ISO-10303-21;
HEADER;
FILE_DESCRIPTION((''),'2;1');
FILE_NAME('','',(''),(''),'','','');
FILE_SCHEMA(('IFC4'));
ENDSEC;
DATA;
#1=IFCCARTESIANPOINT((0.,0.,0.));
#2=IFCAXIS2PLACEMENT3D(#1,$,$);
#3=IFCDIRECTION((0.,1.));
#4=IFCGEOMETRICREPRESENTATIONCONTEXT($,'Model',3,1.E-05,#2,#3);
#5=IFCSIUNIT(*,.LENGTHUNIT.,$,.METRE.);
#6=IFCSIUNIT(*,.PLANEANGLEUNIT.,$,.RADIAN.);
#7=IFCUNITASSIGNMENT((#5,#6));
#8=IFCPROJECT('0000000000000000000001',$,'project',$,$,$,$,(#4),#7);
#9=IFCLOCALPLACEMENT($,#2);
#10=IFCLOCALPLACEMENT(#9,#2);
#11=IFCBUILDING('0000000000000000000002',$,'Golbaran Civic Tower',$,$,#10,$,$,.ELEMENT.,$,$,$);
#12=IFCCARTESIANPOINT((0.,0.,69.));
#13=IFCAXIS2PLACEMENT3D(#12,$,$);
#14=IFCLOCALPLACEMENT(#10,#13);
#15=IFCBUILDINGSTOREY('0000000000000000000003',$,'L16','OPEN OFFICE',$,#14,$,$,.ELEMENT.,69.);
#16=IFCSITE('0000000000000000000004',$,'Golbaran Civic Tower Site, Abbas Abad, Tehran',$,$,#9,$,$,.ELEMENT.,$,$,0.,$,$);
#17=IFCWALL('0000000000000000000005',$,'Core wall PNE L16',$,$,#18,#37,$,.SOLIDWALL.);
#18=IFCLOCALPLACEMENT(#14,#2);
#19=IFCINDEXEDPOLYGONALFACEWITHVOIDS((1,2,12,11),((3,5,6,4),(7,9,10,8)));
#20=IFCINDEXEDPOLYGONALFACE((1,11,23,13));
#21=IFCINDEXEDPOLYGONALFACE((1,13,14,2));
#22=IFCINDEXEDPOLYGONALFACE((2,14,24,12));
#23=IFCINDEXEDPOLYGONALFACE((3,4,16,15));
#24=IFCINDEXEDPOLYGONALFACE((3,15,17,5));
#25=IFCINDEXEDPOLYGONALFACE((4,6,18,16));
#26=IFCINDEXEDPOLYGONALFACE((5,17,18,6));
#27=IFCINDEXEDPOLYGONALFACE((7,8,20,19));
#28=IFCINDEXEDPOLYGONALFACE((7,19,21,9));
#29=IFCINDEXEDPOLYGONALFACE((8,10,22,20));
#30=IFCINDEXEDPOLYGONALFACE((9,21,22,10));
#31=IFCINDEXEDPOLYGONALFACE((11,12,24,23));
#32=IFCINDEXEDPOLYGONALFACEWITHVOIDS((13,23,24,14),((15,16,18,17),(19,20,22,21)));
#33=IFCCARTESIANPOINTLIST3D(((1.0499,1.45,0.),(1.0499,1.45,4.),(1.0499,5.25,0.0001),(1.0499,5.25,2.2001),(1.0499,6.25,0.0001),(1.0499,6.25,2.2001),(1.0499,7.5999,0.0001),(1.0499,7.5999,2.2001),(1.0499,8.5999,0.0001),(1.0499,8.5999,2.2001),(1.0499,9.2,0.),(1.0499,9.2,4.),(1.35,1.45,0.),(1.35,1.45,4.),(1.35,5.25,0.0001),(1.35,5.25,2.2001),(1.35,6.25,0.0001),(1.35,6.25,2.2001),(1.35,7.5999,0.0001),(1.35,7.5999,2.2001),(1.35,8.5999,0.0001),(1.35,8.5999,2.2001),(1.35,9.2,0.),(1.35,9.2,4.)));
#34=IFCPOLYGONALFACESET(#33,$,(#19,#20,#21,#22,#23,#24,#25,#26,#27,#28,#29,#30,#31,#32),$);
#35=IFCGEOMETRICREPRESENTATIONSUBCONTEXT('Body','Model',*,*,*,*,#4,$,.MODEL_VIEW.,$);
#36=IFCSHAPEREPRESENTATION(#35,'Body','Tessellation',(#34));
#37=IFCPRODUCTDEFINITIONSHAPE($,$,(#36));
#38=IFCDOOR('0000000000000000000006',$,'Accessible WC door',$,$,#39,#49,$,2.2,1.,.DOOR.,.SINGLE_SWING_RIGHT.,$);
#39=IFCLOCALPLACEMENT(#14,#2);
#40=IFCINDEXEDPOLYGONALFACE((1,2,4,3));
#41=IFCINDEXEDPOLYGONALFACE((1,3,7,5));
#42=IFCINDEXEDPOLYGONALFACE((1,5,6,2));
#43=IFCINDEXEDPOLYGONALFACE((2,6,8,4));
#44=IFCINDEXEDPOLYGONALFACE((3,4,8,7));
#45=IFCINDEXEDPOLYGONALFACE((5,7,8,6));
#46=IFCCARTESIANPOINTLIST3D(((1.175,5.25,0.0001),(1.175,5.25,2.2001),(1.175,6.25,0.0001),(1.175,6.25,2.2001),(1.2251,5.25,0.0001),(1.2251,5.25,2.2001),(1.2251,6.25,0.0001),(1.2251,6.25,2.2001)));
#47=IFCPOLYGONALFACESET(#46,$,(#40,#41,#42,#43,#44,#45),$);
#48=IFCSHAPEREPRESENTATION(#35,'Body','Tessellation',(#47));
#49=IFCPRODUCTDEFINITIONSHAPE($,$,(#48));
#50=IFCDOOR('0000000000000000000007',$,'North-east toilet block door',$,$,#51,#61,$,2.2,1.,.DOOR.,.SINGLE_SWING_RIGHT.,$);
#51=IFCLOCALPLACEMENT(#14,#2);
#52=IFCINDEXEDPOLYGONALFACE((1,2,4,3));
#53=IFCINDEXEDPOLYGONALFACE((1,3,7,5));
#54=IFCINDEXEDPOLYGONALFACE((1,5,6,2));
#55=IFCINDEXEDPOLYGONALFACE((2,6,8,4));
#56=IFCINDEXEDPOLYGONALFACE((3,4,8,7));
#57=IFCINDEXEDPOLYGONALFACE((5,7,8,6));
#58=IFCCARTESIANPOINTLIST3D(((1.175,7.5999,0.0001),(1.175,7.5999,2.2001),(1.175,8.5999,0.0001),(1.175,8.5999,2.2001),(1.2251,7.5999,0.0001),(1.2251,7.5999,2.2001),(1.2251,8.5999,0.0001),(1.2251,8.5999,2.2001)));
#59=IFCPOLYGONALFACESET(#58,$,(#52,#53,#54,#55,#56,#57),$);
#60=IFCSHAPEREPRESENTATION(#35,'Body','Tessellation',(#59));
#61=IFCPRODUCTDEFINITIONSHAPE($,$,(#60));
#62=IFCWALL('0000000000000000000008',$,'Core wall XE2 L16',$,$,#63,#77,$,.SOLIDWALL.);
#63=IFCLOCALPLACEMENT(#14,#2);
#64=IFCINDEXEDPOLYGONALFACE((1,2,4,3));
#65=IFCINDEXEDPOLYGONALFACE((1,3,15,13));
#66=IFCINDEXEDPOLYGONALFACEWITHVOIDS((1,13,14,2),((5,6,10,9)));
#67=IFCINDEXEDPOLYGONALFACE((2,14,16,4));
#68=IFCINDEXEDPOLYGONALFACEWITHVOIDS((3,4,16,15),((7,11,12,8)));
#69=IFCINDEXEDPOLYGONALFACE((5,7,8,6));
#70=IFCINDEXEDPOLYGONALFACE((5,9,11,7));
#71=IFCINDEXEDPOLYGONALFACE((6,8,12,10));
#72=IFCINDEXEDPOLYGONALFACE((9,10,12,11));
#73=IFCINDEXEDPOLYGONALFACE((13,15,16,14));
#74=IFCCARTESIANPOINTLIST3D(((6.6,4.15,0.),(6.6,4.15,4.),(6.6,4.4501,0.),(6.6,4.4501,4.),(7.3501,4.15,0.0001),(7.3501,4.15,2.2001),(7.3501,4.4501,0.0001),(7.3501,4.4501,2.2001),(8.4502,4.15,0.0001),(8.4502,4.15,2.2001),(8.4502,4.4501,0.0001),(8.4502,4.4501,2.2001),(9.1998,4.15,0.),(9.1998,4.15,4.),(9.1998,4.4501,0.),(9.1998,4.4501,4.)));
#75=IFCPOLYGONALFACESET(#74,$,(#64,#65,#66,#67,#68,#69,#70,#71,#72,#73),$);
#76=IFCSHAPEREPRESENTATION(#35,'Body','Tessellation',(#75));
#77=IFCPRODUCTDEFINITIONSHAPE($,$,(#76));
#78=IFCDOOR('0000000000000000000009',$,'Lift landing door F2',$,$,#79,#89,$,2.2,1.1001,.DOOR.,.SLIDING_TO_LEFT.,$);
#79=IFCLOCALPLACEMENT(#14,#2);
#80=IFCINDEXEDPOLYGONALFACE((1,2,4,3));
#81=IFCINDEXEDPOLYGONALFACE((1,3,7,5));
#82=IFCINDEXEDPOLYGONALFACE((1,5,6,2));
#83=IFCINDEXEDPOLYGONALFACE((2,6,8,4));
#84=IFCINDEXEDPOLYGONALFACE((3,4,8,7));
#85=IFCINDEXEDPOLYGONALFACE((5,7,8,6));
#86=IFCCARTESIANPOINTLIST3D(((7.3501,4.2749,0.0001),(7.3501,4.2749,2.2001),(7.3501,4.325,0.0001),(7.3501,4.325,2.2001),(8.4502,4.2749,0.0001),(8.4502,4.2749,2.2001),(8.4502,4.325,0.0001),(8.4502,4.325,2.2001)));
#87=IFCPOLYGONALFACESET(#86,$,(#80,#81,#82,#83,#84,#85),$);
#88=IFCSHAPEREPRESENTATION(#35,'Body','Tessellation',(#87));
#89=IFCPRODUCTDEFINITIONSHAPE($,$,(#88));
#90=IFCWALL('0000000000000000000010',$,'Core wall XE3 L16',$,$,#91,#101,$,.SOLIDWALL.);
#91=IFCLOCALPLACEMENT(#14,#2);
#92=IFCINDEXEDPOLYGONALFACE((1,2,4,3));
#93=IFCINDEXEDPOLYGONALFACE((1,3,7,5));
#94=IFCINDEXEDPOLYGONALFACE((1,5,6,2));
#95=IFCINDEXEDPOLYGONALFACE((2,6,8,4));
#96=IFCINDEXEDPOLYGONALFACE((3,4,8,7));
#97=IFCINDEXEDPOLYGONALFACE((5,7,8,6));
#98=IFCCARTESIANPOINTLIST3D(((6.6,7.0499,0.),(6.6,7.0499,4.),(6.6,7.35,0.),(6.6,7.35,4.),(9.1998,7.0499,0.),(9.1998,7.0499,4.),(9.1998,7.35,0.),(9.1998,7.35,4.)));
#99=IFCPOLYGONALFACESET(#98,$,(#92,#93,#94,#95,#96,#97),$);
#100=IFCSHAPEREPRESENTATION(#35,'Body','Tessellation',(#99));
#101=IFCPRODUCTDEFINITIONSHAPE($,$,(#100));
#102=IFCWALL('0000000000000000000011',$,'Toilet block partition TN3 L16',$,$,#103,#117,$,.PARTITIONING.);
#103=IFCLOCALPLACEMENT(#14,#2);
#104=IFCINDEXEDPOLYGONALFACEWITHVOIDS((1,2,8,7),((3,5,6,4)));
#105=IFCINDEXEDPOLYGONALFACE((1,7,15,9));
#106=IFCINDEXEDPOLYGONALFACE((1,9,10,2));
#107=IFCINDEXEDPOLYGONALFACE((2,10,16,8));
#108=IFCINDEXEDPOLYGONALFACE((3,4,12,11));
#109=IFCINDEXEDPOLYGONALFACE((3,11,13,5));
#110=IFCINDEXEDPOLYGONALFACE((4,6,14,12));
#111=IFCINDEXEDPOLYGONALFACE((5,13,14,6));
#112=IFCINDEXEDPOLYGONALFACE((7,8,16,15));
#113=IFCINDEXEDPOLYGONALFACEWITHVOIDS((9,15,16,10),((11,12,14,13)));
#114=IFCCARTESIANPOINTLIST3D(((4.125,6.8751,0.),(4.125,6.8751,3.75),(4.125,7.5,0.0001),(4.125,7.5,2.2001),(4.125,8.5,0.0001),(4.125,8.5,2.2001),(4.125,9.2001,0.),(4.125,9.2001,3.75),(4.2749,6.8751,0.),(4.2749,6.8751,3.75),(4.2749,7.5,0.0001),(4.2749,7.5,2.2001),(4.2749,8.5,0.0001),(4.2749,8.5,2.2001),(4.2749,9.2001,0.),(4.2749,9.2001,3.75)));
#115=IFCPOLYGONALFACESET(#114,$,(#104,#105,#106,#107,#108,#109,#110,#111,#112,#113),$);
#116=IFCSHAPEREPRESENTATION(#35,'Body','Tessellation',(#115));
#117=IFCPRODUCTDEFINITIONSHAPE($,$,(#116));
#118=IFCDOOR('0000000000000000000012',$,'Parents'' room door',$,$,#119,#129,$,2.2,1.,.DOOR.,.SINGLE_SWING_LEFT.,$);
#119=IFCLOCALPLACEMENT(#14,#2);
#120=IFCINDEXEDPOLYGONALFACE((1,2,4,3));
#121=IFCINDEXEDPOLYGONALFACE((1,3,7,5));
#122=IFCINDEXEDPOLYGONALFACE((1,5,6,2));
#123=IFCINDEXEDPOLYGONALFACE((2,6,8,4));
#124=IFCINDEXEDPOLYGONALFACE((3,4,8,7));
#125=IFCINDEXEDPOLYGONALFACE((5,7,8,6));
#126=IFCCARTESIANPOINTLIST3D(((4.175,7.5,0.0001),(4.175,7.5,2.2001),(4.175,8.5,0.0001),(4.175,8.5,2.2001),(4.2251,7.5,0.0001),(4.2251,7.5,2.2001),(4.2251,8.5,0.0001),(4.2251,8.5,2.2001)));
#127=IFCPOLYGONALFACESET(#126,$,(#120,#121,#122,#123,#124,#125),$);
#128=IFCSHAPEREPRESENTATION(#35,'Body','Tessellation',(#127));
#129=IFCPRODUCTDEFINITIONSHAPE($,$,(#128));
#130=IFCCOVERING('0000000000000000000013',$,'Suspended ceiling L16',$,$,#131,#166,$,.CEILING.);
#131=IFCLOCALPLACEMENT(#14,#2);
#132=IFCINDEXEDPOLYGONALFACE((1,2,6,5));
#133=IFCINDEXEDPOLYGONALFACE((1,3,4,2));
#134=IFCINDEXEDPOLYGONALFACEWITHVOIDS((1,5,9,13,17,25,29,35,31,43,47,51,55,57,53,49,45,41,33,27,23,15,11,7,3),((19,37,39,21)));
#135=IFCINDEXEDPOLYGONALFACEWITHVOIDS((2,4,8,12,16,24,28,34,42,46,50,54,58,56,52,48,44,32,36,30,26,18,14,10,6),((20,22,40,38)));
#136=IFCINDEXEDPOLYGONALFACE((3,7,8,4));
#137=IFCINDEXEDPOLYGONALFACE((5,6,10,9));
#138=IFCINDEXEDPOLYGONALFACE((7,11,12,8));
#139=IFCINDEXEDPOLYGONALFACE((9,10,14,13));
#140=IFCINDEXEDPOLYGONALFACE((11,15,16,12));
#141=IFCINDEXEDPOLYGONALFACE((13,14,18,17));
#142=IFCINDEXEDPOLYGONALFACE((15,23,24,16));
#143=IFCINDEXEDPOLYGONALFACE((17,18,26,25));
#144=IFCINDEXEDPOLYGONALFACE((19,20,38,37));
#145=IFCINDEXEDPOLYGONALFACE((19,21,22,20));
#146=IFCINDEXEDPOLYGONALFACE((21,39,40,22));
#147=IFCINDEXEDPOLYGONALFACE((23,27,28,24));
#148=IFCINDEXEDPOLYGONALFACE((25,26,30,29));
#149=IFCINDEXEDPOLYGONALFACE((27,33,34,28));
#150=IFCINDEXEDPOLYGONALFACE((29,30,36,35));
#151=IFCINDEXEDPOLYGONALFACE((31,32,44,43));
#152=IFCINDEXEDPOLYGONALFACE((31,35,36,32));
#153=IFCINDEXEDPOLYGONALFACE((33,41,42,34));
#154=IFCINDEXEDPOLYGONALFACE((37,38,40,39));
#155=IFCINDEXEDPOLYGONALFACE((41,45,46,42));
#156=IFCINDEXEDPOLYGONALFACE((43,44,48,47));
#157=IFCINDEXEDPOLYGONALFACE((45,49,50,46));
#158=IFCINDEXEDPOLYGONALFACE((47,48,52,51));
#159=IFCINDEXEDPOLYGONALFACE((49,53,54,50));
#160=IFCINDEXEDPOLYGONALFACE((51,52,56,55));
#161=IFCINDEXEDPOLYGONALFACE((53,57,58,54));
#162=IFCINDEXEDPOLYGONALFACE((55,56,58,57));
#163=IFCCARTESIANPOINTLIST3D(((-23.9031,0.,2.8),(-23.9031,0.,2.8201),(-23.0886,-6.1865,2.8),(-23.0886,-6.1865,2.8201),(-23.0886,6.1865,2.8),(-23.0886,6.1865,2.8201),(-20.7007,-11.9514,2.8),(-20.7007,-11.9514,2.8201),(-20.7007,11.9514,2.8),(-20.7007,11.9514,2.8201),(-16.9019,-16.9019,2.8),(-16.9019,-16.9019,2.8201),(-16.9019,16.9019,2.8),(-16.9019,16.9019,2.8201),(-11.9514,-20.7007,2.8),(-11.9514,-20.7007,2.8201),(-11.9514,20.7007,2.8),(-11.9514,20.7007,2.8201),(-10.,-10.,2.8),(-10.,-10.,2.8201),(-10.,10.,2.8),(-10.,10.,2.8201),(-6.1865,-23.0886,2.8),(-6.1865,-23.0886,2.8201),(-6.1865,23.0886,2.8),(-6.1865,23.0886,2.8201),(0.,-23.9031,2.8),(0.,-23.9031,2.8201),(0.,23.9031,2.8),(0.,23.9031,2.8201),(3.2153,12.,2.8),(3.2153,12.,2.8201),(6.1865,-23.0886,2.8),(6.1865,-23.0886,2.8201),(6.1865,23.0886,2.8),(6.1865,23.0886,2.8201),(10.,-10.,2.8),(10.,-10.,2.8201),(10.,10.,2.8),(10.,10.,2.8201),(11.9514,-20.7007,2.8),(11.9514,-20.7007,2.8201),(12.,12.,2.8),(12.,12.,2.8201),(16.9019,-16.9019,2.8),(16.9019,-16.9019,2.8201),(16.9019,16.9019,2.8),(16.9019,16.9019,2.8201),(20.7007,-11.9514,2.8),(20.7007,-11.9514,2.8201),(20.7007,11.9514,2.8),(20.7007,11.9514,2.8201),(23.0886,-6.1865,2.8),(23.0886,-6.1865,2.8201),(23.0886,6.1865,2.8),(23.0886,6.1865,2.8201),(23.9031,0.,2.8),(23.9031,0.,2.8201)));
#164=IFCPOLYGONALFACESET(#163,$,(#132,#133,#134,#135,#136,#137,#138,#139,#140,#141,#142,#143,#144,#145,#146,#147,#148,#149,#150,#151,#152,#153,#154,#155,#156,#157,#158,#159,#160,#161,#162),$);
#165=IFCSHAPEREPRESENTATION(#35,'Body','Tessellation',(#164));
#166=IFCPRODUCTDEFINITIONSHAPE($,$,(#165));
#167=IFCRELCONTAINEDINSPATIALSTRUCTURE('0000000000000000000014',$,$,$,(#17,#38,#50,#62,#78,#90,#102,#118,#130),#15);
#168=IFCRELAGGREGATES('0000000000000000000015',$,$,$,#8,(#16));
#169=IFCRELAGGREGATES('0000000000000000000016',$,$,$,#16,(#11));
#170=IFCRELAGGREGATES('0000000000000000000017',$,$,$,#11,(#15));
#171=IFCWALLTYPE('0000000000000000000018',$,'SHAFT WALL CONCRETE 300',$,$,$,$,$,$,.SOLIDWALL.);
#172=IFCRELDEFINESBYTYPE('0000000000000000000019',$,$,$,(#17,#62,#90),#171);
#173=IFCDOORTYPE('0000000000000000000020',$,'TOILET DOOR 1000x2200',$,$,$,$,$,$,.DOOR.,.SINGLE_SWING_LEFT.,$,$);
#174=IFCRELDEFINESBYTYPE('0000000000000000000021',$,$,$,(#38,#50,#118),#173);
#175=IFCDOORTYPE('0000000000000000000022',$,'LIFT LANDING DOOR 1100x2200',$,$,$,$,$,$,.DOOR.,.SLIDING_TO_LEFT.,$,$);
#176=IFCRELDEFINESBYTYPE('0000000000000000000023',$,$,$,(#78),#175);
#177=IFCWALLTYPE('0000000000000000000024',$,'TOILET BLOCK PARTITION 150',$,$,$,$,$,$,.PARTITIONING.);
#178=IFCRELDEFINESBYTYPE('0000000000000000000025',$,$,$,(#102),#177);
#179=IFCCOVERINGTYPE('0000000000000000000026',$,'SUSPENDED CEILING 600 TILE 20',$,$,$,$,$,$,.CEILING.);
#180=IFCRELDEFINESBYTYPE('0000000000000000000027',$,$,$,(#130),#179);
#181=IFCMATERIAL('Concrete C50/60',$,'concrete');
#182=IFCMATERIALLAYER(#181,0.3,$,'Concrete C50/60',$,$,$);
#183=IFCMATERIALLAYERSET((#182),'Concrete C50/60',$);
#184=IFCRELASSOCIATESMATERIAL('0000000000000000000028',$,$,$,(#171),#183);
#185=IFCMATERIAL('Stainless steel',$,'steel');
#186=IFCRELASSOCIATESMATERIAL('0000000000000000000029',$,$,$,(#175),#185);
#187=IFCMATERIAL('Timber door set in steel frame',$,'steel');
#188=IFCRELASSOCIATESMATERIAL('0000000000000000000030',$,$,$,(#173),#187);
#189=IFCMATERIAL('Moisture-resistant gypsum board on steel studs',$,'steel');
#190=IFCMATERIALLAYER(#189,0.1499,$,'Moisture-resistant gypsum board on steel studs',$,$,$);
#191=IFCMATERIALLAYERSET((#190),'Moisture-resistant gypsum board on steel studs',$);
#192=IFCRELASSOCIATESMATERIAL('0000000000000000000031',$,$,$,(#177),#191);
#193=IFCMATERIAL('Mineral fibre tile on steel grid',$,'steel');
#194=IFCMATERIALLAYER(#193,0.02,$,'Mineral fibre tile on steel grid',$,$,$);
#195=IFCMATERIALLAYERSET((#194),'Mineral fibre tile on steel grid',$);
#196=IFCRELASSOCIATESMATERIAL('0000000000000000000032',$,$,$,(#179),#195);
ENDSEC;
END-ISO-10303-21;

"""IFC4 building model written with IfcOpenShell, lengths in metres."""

from ifc_helpers import new_model, si_unit, direction, frame, frame_2d, origin, place, context, subcontext, project, spatial, polyline, rectangle, outline, extrude, material, layer, layer_set, type_object, element, fill, save


model = new_model("IFC4")

# Units and contexts
model_context = context("Model", 3, precision=1e-05, world=origin(), true_north=direction((0.0, 1.0)))
body_context = subcontext(model_context, "Body", "Model", "MODEL_VIEW")
ifc_project = project(units=[si_unit("LENGTHUNIT", "METRE"), si_unit("PLANEANGLEUNIT", "RADIAN")], contexts=[model_context])

# Site, building, storey
site_placement = place(None, origin())
site = spatial("IfcSite", under=ifc_project, at=site_placement, Name="Golbaran Civic Tower Site, Abbas Abad, Tehran", CompositionType="ELEMENT", RefElevation=0.0)
building_placement = place(site_placement, origin())
building = spatial("IfcBuilding", under=site, at=building_placement, Name="Golbaran Civic Tower", CompositionType="ELEMENT")
storey_placement = place(building_placement, frame((0.0, 0.0, 69.0)))
storey = spatial("IfcBuildingStorey", under=building, at=storey_placement, Name="L16", Description="OPEN OFFICE", CompositionType="ELEMENT", Elevation=69.0)

# Shared definitions
ifc_material_1 = material(Name="Timber door set in steel frame", Category="steel")

# Shared definitions
ifc_material_2 = material(Name="Concrete C50/60", Category="concrete")
ifc_layer_1 = layer(ifc_material_2, 0.3, Name="Concrete C50/60")
ifc_layer_set_1 = layer_set([ifc_layer_1], Name="Concrete C50/60")
wall_type_1 = type_object("IfcWallType", Name="SHAFT WALL CONCRETE 300", PredefinedType="SOLIDWALL", material=ifc_layer_set_1)
ifc_material_3 = material(Name="Stainless steel", Category="steel")
door_type_1 = type_object("IfcDoorType", Name="LIFT LANDING DOOR 1100x2200", OperationType="SLIDING_TO_LEFT", PredefinedType="DOOR", material=ifc_material_3)

# Wall, openings, doors
wall_1_placement = place(storey_placement, frame((1.2, 1.45, 0.0), z_axis=(0.0, 0.0, 1.0), x_axis=(0.0, 1.0, 0.0)))
wall_1 = element("IfcWall", 1, at=wall_1_placement, inside=storey, type_object=wall_type_1, Name="Core wall PNE L16", PredefinedType="SOLIDWALL", context=body_context, shape_type="SweptSolid", body=[
    extrude(rectangle(XDim=7.75, YDim=0.3, at=frame_2d((3.875, 0.0))), origin(), (0.0, 0.0, 1.0), 4.0),
])
opening_1_placement = place(wall_1_placement, frame((3.8, 0.0, 0.0)))
opening_1 = element("IfcOpeningElement", 2, at=opening_1_placement, cuts=wall_1, PredefinedType="OPENING", context=body_context, shape_type="SweptSolid", body=[
    extrude(rectangle(XDim=1.0, YDim=2.2, at=frame_2d((0.5, 1.1001))), frame((0.0, 0.1599, 0.0), z_axis=(0.0, -1.0, 0.0), x_axis=(1.0, 0.0, 0.0)), (0.0, 0.0, 1.0), 0.3201),
])
opening_2_placement = place(wall_1_placement, frame((6.1499, 0.0, 0.0)))
opening_2 = element("IfcOpeningElement", 3, at=opening_2_placement, cuts=wall_1, PredefinedType="OPENING", context=body_context, shape_type="SweptSolid", body=[
    extrude(rectangle(XDim=1.0, YDim=2.2, at=frame_2d((0.5, 1.1001))), frame((0.0, 0.1599, 0.0), z_axis=(0.0, -1.0, 0.0), x_axis=(1.0, 0.0, 0.0)), (0.0, 0.0, 1.0), 0.3201),
])
door_type_2 = type_object("IfcDoorType", Name="TOILET DOOR 1000x2200", OperationType="SINGLE_SWING_LEFT", PredefinedType="DOOR", material=ifc_material_1)
door_1_placement = place(opening_1_placement, origin())
door_1 = element("IfcDoor", 4, at=door_1_placement, inside=storey, type_object=door_type_2, Name="Accessible WC door", OperationType="SINGLE_SWING_RIGHT", OverallHeight=2.2, OverallWidth=1.0, PredefinedType="DOOR", context=body_context, shape_type="SweptSolid", body=[
    extrude(rectangle(XDim=1.0, YDim=2.2, at=frame_2d((0.5, 1.1001))), frame((0.0, 0.0249, 0.0), z_axis=(0.0, -1.0, 0.0), x_axis=(1.0, 0.0, 0.0)), (0.0, 0.0, 1.0), 0.05),
])
fill(opening_1, door_1)
door_2_placement = place(opening_2_placement, origin())
door_2 = element("IfcDoor", 5, at=door_2_placement, inside=storey, type_object=door_type_2, Name="North-east toilet block door", OperationType="SINGLE_SWING_RIGHT", OverallHeight=2.2, OverallWidth=1.0, PredefinedType="DOOR", context=body_context, shape_type="SweptSolid", body=[
    extrude(rectangle(XDim=1.0, YDim=2.2, at=frame_2d((0.5, 1.1001))), frame((0.0, 0.0249, 0.0), z_axis=(0.0, -1.0, 0.0), x_axis=(1.0, 0.0, 0.0)), (0.0, 0.0, 1.0), 0.05),
])
fill(opening_2, door_2)

# Wall, opening, door
wall_2_placement = place(storey_placement, frame((6.6001, 4.3, 0.0), z_axis=(0.0, 0.0, 1.0), x_axis=(1.0, 0.0, 0.0)))
wall_2 = element("IfcWall", 6, at=wall_2_placement, inside=storey, type_object=wall_type_1, Name="Core wall XE2 L16", PredefinedType="SOLIDWALL", context=body_context, shape_type="SweptSolid", body=[
    extrude(rectangle(XDim=2.5999, YDim=0.3, at=frame_2d((1.2998, 0.0))), origin(), (0.0, 0.0, 1.0), 4.0),
])
opening_3_placement = place(wall_2_placement, frame((0.75, 0.0, 0.0)))
opening_3 = element("IfcOpeningElement", 7, at=opening_3_placement, cuts=wall_2, PredefinedType="OPENING", context=body_context, shape_type="SweptSolid", body=[
    extrude(rectangle(XDim=1.1001, YDim=2.2, at=frame_2d((0.55, 1.1001))), frame((0.0, 0.1599, 0.0), z_axis=(0.0, -1.0, 0.0), x_axis=(1.0, 0.0, 0.0)), (0.0, 0.0, 1.0), 0.3201),
])
door_3_placement = place(opening_3_placement, origin())
door_3 = element("IfcDoor", 8, at=door_3_placement, inside=storey, type_object=door_type_1, Name="Lift landing door F2", OperationType="SLIDING_TO_LEFT", OverallHeight=2.2, OverallWidth=1.1001, PredefinedType="DOOR", context=body_context, shape_type="SweptSolid", body=[
    extrude(rectangle(XDim=1.1001, YDim=2.2, at=frame_2d((0.55, 1.1001))), frame((0.0, 0.0249, 0.0), z_axis=(0.0, -1.0, 0.0), x_axis=(1.0, 0.0, 0.0)), (0.0, 0.0, 1.0), 0.05),
])
fill(opening_3, door_3)

# Wall
wall_3_placement = place(storey_placement, frame((6.6001, 7.2, 0.0), z_axis=(0.0, 0.0, 1.0), x_axis=(1.0, 0.0, 0.0)))
element("IfcWall", 9, at=wall_3_placement, inside=storey, type_object=wall_type_1, Name="Core wall XE3 L16", PredefinedType="SOLIDWALL", context=body_context, shape_type="SweptSolid", body=[
    extrude(rectangle(XDim=2.5999, YDim=0.3, at=frame_2d((1.2998, 0.0))), origin(), (0.0, 0.0, 1.0), 4.0),
])

# Wall, opening, door
ifc_material_4 = material(Name="Moisture-resistant gypsum board on steel studs", Category="steel")
ifc_layer_2 = layer(ifc_material_4, 0.1499, Name="Moisture-resistant gypsum board on steel studs")
ifc_layer_set_2 = layer_set([ifc_layer_2], Name="Moisture-resistant gypsum board on steel studs")
wall_type_2 = type_object("IfcWallType", Name="TOILET BLOCK PARTITION 150", PredefinedType="PARTITIONING", material=ifc_layer_set_2)
wall_4_placement = place(storey_placement, frame((4.2, 6.875, 0.0), z_axis=(0.0, 0.0, 1.0), x_axis=(0.0, 1.0, 0.0)))
wall_4 = element("IfcWall", 10, at=wall_4_placement, inside=storey, type_object=wall_type_2, Name="Toilet block partition TN3 L16", PredefinedType="PARTITIONING", context=body_context, shape_type="SweptSolid", body=[
    extrude(rectangle(XDim=2.325, YDim=0.1499, at=frame_2d((1.1626, 0.0))), origin(), (0.0, 0.0, 1.0), 3.75),
])
opening_4_placement = place(wall_4_placement, frame((0.625, 0.0, 0.0)))
opening_4 = element("IfcOpeningElement", 11, at=opening_4_placement, cuts=wall_4, PredefinedType="OPENING", context=body_context, shape_type="SweptSolid", body=[
    extrude(rectangle(XDim=1.0, YDim=2.2, at=frame_2d((0.5, 1.1001))), frame((0.0, 0.085, 0.0), z_axis=(0.0, -1.0, 0.0), x_axis=(1.0, 0.0, 0.0)), (0.0, 0.0, 1.0), 0.1699),
])
door_4_placement = place(opening_4_placement, origin())
door_4 = element("IfcDoor", 12, at=door_4_placement, inside=storey, type_object=door_type_2, Name="Parents' room door", OperationType="SINGLE_SWING_LEFT", OverallHeight=2.2, OverallWidth=1.0, PredefinedType="DOOR", context=body_context, shape_type="SweptSolid", body=[
    extrude(rectangle(XDim=1.0, YDim=2.2, at=frame_2d((0.5, 1.1001))), frame((0.0, 0.0249, 0.0), z_axis=(0.0, -1.0, 0.0), x_axis=(1.0, 0.0, 0.0)), (0.0, 0.0, 1.0), 0.05),
])
fill(opening_4, door_4)

# Covering
ifc_material_5 = material(Name="Mineral fibre tile on steel grid", Category="steel")
ifc_layer_3 = layer(ifc_material_5, 0.02, Name="Mineral fibre tile on steel grid")
ifc_layer_set_3 = layer_set([ifc_layer_3], Name="Mineral fibre tile on steel grid")
covering_type = type_object("IfcCoveringType", Name="SUSPENDED CEILING 600 TILE 20", PredefinedType="CEILING", material=ifc_layer_set_3)
covering_placement = place(storey_placement, frame((0.0, 0.0, 2.8)))
element("IfcCovering", 13, at=covering_placement, inside=storey, type_object=covering_type, Name="Suspended ceiling L16", PredefinedType="CEILING", context=body_context, shape_type="SweptSolid", body=[
    extrude(outline(polyline([(-23.0886, 6.1865), (-20.7007, 11.9514), (-16.9019, 16.9019), (-11.9514, 20.7007), (-6.1865, 23.0886), (0.0, 23.9031), (6.1865, 23.0886), (3.2153, 12.0), (12.0, 12.0), (16.9019, 16.9019), (20.7007, 11.9514), (23.0886, 6.1865), (23.9031, 0.0), (23.0886, -6.1865), (20.7007, -11.9514), (16.9019, -16.9019), (11.9514, -20.7007), (6.1865, -23.0886), (0.0, -23.9031), (-6.1865, -23.0886), (-11.9514, -20.7007), (-16.9019, -16.9019), (-20.7007, -11.9514), (-23.0886, -6.1865), (-23.9031, 0.0), (-23.0886, 6.1865)]), holes=[polyline([(-10.0, -10.0), (10.0, -10.0), (10.0, 10.0), (-10.0, 10.0), (-10.0, -10.0)])]), origin(), (0.0, 0.0, 1.0), 0.02),
])

save(model, "model.ifc")
